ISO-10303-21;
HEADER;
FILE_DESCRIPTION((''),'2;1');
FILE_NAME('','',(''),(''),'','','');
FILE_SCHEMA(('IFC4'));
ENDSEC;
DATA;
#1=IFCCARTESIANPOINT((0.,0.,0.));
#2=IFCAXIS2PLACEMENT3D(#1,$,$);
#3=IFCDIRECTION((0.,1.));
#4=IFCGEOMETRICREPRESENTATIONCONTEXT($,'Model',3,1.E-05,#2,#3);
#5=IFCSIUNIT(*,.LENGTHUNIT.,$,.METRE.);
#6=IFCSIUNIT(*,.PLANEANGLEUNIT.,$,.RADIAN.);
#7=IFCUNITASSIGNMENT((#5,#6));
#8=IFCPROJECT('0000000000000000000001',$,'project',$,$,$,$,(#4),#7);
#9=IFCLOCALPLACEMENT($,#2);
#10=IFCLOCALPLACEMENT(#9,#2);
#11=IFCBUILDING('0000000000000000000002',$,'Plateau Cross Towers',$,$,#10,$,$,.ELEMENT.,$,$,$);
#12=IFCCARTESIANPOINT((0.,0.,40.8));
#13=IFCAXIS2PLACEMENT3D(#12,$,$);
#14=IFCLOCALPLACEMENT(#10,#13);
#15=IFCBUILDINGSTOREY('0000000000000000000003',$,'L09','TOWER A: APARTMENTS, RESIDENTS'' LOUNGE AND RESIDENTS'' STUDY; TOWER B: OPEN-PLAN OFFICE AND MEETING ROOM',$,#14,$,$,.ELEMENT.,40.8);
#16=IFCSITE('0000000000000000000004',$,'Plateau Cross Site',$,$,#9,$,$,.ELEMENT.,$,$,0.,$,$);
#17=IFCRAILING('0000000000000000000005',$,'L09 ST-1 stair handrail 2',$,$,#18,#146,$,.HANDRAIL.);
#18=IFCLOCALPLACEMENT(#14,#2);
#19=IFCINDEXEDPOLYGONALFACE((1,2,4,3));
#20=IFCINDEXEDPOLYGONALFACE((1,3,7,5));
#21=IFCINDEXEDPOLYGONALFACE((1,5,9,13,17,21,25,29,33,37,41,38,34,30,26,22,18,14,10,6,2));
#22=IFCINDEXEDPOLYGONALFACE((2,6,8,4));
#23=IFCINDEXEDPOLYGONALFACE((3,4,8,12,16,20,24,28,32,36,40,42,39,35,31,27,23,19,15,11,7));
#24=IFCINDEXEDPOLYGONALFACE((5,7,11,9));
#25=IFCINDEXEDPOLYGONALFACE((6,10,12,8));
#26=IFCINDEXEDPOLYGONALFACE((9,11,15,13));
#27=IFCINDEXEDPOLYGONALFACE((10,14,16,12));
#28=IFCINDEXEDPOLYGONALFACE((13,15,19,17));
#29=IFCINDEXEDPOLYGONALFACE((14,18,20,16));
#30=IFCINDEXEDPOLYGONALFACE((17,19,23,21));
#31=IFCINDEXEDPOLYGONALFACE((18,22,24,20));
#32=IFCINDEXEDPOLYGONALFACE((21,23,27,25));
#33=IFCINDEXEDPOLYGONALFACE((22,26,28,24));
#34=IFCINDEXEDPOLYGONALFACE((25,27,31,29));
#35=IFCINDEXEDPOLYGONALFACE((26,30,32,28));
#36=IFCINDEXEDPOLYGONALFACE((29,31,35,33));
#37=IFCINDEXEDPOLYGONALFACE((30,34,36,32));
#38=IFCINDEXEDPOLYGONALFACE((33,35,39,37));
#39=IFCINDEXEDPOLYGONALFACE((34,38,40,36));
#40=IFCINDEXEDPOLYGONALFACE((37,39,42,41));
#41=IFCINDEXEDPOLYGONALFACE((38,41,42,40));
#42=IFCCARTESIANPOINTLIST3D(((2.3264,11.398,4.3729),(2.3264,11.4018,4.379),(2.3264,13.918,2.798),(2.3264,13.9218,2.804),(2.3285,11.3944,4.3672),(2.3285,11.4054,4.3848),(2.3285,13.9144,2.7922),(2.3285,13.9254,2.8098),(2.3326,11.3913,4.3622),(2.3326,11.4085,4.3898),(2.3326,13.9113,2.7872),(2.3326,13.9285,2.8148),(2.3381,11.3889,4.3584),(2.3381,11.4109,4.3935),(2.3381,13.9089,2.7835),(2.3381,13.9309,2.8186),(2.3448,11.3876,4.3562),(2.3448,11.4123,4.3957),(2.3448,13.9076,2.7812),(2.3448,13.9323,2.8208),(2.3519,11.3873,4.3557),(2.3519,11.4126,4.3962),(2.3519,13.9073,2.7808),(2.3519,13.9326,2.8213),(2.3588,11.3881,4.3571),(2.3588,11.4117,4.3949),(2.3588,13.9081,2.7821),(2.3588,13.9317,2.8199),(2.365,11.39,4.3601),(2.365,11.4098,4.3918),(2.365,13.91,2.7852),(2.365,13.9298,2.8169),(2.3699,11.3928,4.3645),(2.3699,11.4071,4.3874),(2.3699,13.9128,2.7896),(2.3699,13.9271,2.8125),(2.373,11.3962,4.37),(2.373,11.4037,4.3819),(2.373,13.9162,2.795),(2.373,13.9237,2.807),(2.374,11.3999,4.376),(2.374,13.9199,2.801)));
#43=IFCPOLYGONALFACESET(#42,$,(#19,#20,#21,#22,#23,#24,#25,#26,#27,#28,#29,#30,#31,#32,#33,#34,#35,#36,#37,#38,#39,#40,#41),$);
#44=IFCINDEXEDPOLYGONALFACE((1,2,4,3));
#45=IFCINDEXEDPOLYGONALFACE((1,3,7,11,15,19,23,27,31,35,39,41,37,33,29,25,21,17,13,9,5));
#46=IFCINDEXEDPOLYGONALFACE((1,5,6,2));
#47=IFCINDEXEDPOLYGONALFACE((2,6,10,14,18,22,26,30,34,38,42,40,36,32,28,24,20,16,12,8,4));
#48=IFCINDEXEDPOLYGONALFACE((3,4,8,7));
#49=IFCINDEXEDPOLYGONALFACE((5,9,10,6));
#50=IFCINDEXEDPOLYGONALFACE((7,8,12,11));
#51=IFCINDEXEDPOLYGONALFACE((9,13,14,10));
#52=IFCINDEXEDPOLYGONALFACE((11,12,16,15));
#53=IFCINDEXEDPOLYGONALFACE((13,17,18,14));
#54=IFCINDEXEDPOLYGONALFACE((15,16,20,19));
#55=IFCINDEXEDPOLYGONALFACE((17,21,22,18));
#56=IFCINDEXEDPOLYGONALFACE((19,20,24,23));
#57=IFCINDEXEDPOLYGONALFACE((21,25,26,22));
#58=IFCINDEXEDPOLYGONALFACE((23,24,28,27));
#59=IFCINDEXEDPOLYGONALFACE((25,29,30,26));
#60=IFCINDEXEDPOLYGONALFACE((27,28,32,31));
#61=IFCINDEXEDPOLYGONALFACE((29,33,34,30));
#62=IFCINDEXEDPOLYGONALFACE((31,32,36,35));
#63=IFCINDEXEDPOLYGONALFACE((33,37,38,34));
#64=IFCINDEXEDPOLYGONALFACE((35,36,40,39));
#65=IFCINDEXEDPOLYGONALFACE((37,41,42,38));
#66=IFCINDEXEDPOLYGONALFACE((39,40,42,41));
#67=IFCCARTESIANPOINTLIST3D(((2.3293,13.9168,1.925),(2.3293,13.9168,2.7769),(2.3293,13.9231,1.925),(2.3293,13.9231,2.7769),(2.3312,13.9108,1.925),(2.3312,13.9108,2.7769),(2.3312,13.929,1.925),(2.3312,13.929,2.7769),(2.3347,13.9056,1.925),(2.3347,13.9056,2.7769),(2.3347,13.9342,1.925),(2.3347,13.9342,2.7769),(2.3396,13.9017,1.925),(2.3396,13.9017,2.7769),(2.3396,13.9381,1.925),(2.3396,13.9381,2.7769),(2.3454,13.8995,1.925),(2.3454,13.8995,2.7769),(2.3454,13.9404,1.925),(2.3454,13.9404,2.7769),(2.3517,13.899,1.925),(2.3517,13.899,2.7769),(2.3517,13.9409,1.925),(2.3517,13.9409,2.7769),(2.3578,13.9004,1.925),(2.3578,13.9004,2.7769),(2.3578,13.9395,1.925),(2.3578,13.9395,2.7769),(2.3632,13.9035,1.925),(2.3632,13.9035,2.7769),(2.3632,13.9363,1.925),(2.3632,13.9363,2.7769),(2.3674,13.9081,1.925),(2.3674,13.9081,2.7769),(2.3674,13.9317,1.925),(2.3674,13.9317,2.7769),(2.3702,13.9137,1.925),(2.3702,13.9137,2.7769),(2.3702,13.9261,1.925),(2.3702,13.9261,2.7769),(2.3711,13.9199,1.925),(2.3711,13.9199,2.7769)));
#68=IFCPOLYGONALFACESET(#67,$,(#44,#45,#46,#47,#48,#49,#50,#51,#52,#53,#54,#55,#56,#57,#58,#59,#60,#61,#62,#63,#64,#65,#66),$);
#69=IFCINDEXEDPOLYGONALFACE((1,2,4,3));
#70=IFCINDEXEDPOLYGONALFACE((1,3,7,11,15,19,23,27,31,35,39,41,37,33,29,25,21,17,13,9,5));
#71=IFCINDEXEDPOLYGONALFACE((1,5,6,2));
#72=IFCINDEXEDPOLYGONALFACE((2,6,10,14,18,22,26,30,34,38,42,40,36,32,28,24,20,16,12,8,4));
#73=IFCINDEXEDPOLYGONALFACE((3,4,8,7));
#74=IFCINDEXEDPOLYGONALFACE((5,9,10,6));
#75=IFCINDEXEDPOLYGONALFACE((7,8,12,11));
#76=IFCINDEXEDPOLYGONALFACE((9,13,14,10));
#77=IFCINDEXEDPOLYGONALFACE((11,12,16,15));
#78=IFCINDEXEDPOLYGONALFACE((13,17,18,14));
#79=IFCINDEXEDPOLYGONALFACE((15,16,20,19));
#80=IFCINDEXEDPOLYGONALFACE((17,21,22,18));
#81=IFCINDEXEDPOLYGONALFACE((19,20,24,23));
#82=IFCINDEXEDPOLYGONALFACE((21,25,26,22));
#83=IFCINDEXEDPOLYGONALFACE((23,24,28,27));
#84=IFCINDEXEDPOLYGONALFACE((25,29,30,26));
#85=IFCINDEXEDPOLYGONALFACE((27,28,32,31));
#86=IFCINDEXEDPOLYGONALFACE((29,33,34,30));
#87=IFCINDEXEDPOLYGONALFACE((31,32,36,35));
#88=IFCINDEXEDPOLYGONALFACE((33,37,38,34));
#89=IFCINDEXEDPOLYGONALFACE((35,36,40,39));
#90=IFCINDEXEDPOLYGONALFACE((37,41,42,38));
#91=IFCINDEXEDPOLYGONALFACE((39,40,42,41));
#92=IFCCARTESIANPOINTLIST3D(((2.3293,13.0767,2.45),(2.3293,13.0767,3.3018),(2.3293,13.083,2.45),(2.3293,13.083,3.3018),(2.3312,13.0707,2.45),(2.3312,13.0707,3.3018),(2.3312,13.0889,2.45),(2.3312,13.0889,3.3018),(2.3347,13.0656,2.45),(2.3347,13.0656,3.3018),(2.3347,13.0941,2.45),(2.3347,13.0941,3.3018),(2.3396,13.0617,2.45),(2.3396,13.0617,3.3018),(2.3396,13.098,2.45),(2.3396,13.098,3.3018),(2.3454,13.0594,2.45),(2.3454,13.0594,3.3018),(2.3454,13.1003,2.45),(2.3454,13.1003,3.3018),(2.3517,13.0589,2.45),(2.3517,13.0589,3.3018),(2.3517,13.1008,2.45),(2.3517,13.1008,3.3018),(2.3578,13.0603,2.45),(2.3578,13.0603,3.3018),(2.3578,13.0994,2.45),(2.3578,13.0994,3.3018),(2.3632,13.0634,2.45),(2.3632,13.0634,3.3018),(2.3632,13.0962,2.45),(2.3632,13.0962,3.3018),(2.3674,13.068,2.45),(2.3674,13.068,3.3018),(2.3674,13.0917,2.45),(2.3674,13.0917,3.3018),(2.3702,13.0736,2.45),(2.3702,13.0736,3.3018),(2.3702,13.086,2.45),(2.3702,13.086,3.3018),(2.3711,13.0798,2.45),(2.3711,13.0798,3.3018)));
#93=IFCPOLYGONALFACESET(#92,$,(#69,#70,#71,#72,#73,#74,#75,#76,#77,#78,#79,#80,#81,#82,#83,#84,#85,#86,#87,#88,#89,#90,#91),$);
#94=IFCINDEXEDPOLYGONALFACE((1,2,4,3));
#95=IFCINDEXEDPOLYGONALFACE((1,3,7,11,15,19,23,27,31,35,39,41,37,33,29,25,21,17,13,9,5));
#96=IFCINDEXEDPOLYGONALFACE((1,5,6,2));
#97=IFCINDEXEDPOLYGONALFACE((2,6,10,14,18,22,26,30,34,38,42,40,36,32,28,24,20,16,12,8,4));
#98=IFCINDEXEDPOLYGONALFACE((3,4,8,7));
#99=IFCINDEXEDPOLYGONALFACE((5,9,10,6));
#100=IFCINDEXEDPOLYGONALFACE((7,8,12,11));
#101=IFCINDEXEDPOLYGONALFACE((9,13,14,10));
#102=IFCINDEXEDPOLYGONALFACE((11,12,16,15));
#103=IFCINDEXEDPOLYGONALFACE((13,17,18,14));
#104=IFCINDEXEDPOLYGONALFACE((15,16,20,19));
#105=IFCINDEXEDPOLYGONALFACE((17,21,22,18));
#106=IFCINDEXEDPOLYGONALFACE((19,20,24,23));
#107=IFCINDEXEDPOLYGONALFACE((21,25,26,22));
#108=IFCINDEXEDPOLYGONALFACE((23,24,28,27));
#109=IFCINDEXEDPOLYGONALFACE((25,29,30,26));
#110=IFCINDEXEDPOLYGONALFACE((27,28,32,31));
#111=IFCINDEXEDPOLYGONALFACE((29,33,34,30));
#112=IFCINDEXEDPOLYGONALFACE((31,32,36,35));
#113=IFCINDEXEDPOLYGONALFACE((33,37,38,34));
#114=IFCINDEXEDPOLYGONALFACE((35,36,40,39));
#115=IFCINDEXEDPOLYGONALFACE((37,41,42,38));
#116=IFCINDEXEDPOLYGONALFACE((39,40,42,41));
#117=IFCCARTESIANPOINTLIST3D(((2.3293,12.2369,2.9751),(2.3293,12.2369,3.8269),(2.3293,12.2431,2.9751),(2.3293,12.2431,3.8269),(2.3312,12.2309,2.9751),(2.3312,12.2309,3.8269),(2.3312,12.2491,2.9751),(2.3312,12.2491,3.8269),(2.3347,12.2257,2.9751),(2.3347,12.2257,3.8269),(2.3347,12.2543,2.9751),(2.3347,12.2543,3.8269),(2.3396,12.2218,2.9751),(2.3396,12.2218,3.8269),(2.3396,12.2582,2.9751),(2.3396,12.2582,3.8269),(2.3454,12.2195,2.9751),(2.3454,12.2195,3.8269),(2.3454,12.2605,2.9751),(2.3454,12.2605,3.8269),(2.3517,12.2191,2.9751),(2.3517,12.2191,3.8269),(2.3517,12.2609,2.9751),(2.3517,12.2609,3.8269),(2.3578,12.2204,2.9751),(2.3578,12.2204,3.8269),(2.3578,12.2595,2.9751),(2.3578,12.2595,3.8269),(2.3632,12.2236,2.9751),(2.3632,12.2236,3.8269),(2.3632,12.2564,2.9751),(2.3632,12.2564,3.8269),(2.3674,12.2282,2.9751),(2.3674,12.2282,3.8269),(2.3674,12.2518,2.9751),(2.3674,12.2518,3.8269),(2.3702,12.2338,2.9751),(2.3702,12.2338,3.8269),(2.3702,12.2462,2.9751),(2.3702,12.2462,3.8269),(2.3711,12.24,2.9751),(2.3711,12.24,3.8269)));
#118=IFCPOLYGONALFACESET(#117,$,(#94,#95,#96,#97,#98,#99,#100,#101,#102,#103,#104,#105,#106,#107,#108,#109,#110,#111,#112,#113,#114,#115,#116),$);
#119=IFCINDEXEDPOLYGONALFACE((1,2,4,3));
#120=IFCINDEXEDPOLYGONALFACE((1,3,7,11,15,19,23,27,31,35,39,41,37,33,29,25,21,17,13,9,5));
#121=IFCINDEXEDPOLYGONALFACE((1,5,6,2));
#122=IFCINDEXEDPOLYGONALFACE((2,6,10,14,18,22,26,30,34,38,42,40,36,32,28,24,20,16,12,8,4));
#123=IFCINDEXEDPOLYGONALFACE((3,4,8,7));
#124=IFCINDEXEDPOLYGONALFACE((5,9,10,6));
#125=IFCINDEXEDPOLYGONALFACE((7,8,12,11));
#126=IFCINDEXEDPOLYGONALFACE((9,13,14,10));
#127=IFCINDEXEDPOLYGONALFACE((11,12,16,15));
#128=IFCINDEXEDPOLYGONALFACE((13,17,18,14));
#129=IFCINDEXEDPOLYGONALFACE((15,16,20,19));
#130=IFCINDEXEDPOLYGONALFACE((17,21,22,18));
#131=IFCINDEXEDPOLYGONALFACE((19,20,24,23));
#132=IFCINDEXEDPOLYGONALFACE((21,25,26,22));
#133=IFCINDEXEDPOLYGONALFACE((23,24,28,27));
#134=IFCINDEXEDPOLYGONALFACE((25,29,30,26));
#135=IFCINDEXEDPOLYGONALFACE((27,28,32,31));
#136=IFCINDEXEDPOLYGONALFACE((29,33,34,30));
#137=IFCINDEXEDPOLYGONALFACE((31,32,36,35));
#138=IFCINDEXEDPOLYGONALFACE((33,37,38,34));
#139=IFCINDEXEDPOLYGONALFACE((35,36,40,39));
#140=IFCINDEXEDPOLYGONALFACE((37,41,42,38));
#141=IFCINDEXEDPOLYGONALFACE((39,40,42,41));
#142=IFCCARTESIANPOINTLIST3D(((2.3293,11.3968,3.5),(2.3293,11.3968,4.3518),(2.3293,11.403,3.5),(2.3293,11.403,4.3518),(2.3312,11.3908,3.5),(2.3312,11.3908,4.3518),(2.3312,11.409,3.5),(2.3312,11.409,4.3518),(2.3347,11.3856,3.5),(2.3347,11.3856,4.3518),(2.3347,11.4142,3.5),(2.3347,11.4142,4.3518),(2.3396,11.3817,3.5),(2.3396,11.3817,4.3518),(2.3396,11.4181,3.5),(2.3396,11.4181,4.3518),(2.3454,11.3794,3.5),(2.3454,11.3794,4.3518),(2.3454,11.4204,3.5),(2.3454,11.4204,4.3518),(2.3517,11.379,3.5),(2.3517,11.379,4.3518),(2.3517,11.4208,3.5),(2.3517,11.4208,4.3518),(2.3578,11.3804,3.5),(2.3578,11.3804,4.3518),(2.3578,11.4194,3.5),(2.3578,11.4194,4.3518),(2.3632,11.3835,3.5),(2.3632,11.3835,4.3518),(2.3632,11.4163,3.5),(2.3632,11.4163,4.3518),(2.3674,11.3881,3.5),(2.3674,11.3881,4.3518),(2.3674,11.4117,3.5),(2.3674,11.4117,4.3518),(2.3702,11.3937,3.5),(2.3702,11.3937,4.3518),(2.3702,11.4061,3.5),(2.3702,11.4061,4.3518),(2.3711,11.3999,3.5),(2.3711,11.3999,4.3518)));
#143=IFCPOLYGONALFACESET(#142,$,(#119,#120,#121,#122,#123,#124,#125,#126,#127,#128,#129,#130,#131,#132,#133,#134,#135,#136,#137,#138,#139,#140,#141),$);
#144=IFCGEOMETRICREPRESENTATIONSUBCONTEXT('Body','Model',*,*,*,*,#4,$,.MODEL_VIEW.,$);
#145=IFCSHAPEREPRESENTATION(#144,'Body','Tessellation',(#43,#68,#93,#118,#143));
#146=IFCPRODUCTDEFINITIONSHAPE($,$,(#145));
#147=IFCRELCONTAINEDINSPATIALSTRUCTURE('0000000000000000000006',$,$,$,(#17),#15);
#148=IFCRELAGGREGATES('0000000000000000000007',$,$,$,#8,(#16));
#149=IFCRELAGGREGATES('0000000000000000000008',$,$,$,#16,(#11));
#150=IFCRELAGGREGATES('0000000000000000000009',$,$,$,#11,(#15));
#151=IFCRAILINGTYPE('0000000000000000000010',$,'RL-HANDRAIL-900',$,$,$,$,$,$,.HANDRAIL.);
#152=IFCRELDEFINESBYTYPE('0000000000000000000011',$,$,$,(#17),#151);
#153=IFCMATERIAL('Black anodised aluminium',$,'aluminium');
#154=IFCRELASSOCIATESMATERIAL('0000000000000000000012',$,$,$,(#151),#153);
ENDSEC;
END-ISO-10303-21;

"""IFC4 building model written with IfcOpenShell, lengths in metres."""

from ifc_helpers import new_model, si_unit, direction, frame, origin, origin_2d, place, context, subcontext, project, spatial, circle, extrude, material, type_object, element, save


model = new_model("IFC4")

# Units and contexts
model_context = context("Model", 3, precision=1e-05, world=origin(), true_north=direction((0.0, 1.0)))
body_context = subcontext(model_context, "Body", "Model", "MODEL_VIEW")
ifc_project = project(units=[si_unit("LENGTHUNIT", "METRE"), si_unit("PLANEANGLEUNIT", "RADIAN")], contexts=[model_context])

# Site, building, storey
site_placement = place(None, origin())
site = spatial("IfcSite", under=ifc_project, at=site_placement, Name="Plateau Cross Site", CompositionType="ELEMENT", RefElevation=0.0)
building_placement = place(site_placement, origin())
building = spatial("IfcBuilding", under=site, at=building_placement, Name="Plateau Cross Towers", CompositionType="ELEMENT")
storey_placement = place(building_placement, frame((0.0, 0.0, 40.8)))
storey = spatial("IfcBuildingStorey", under=building, at=storey_placement, Name="L09", Description="TOWER A: APARTMENTS, RESIDENTS' LOUNGE AND RESIDENTS' STUDY; TOWER B: OPEN-PLAN OFFICE AND MEETING ROOM", CompositionType="ELEMENT", Elevation=40.8)

# Shared definitions
ifc_material_1 = material(Name="Black anodised aluminium", Category="aluminium")

# Railing
railing_type_1 = type_object("IfcRailingType", Name="RL-HANDRAIL-900", PredefinedType="HANDRAIL", material=ifc_material_1)
railing_1_placement = place(storey_placement, frame((2.3501, 13.9199, 1.925)))
element("IfcRailing", 1, at=railing_1_placement, inside=storey, type_object=railing_type_1, Name="L09 ST-1 stair handrail 2", PredefinedType="HANDRAIL", context=body_context, shape_type="SweptSolid", body=[
    extrude(circle(Radius=0.0239, at=origin_2d()), frame((0.0, 0.0, 0.876), z_axis=(0.0, -0.848008, 0.529984), x_axis=(1.0, 0.0, 0.0)), (0.0, 0.0, 1.0), 2.9717),
    extrude(circle(Radius=0.021, at=origin_2d()), origin(), (0.0, 0.0, 1.0), 0.8518),
    extrude(circle(Radius=0.021, at=origin_2d()), frame((0.0, -0.8401, 0.5249)), (0.0, 0.0, 1.0), 0.8518),
    extrude(circle(Radius=0.021, at=origin_2d()), frame((0.0, -1.6799, 1.05)), (0.0, 0.0, 1.0), 0.8518),
    extrude(circle(Radius=0.021, at=origin_2d()), frame((0.0, -2.52, 1.575)), (0.0, 0.0, 1.0), 0.8518),
])

save(model, "model.ifc")
